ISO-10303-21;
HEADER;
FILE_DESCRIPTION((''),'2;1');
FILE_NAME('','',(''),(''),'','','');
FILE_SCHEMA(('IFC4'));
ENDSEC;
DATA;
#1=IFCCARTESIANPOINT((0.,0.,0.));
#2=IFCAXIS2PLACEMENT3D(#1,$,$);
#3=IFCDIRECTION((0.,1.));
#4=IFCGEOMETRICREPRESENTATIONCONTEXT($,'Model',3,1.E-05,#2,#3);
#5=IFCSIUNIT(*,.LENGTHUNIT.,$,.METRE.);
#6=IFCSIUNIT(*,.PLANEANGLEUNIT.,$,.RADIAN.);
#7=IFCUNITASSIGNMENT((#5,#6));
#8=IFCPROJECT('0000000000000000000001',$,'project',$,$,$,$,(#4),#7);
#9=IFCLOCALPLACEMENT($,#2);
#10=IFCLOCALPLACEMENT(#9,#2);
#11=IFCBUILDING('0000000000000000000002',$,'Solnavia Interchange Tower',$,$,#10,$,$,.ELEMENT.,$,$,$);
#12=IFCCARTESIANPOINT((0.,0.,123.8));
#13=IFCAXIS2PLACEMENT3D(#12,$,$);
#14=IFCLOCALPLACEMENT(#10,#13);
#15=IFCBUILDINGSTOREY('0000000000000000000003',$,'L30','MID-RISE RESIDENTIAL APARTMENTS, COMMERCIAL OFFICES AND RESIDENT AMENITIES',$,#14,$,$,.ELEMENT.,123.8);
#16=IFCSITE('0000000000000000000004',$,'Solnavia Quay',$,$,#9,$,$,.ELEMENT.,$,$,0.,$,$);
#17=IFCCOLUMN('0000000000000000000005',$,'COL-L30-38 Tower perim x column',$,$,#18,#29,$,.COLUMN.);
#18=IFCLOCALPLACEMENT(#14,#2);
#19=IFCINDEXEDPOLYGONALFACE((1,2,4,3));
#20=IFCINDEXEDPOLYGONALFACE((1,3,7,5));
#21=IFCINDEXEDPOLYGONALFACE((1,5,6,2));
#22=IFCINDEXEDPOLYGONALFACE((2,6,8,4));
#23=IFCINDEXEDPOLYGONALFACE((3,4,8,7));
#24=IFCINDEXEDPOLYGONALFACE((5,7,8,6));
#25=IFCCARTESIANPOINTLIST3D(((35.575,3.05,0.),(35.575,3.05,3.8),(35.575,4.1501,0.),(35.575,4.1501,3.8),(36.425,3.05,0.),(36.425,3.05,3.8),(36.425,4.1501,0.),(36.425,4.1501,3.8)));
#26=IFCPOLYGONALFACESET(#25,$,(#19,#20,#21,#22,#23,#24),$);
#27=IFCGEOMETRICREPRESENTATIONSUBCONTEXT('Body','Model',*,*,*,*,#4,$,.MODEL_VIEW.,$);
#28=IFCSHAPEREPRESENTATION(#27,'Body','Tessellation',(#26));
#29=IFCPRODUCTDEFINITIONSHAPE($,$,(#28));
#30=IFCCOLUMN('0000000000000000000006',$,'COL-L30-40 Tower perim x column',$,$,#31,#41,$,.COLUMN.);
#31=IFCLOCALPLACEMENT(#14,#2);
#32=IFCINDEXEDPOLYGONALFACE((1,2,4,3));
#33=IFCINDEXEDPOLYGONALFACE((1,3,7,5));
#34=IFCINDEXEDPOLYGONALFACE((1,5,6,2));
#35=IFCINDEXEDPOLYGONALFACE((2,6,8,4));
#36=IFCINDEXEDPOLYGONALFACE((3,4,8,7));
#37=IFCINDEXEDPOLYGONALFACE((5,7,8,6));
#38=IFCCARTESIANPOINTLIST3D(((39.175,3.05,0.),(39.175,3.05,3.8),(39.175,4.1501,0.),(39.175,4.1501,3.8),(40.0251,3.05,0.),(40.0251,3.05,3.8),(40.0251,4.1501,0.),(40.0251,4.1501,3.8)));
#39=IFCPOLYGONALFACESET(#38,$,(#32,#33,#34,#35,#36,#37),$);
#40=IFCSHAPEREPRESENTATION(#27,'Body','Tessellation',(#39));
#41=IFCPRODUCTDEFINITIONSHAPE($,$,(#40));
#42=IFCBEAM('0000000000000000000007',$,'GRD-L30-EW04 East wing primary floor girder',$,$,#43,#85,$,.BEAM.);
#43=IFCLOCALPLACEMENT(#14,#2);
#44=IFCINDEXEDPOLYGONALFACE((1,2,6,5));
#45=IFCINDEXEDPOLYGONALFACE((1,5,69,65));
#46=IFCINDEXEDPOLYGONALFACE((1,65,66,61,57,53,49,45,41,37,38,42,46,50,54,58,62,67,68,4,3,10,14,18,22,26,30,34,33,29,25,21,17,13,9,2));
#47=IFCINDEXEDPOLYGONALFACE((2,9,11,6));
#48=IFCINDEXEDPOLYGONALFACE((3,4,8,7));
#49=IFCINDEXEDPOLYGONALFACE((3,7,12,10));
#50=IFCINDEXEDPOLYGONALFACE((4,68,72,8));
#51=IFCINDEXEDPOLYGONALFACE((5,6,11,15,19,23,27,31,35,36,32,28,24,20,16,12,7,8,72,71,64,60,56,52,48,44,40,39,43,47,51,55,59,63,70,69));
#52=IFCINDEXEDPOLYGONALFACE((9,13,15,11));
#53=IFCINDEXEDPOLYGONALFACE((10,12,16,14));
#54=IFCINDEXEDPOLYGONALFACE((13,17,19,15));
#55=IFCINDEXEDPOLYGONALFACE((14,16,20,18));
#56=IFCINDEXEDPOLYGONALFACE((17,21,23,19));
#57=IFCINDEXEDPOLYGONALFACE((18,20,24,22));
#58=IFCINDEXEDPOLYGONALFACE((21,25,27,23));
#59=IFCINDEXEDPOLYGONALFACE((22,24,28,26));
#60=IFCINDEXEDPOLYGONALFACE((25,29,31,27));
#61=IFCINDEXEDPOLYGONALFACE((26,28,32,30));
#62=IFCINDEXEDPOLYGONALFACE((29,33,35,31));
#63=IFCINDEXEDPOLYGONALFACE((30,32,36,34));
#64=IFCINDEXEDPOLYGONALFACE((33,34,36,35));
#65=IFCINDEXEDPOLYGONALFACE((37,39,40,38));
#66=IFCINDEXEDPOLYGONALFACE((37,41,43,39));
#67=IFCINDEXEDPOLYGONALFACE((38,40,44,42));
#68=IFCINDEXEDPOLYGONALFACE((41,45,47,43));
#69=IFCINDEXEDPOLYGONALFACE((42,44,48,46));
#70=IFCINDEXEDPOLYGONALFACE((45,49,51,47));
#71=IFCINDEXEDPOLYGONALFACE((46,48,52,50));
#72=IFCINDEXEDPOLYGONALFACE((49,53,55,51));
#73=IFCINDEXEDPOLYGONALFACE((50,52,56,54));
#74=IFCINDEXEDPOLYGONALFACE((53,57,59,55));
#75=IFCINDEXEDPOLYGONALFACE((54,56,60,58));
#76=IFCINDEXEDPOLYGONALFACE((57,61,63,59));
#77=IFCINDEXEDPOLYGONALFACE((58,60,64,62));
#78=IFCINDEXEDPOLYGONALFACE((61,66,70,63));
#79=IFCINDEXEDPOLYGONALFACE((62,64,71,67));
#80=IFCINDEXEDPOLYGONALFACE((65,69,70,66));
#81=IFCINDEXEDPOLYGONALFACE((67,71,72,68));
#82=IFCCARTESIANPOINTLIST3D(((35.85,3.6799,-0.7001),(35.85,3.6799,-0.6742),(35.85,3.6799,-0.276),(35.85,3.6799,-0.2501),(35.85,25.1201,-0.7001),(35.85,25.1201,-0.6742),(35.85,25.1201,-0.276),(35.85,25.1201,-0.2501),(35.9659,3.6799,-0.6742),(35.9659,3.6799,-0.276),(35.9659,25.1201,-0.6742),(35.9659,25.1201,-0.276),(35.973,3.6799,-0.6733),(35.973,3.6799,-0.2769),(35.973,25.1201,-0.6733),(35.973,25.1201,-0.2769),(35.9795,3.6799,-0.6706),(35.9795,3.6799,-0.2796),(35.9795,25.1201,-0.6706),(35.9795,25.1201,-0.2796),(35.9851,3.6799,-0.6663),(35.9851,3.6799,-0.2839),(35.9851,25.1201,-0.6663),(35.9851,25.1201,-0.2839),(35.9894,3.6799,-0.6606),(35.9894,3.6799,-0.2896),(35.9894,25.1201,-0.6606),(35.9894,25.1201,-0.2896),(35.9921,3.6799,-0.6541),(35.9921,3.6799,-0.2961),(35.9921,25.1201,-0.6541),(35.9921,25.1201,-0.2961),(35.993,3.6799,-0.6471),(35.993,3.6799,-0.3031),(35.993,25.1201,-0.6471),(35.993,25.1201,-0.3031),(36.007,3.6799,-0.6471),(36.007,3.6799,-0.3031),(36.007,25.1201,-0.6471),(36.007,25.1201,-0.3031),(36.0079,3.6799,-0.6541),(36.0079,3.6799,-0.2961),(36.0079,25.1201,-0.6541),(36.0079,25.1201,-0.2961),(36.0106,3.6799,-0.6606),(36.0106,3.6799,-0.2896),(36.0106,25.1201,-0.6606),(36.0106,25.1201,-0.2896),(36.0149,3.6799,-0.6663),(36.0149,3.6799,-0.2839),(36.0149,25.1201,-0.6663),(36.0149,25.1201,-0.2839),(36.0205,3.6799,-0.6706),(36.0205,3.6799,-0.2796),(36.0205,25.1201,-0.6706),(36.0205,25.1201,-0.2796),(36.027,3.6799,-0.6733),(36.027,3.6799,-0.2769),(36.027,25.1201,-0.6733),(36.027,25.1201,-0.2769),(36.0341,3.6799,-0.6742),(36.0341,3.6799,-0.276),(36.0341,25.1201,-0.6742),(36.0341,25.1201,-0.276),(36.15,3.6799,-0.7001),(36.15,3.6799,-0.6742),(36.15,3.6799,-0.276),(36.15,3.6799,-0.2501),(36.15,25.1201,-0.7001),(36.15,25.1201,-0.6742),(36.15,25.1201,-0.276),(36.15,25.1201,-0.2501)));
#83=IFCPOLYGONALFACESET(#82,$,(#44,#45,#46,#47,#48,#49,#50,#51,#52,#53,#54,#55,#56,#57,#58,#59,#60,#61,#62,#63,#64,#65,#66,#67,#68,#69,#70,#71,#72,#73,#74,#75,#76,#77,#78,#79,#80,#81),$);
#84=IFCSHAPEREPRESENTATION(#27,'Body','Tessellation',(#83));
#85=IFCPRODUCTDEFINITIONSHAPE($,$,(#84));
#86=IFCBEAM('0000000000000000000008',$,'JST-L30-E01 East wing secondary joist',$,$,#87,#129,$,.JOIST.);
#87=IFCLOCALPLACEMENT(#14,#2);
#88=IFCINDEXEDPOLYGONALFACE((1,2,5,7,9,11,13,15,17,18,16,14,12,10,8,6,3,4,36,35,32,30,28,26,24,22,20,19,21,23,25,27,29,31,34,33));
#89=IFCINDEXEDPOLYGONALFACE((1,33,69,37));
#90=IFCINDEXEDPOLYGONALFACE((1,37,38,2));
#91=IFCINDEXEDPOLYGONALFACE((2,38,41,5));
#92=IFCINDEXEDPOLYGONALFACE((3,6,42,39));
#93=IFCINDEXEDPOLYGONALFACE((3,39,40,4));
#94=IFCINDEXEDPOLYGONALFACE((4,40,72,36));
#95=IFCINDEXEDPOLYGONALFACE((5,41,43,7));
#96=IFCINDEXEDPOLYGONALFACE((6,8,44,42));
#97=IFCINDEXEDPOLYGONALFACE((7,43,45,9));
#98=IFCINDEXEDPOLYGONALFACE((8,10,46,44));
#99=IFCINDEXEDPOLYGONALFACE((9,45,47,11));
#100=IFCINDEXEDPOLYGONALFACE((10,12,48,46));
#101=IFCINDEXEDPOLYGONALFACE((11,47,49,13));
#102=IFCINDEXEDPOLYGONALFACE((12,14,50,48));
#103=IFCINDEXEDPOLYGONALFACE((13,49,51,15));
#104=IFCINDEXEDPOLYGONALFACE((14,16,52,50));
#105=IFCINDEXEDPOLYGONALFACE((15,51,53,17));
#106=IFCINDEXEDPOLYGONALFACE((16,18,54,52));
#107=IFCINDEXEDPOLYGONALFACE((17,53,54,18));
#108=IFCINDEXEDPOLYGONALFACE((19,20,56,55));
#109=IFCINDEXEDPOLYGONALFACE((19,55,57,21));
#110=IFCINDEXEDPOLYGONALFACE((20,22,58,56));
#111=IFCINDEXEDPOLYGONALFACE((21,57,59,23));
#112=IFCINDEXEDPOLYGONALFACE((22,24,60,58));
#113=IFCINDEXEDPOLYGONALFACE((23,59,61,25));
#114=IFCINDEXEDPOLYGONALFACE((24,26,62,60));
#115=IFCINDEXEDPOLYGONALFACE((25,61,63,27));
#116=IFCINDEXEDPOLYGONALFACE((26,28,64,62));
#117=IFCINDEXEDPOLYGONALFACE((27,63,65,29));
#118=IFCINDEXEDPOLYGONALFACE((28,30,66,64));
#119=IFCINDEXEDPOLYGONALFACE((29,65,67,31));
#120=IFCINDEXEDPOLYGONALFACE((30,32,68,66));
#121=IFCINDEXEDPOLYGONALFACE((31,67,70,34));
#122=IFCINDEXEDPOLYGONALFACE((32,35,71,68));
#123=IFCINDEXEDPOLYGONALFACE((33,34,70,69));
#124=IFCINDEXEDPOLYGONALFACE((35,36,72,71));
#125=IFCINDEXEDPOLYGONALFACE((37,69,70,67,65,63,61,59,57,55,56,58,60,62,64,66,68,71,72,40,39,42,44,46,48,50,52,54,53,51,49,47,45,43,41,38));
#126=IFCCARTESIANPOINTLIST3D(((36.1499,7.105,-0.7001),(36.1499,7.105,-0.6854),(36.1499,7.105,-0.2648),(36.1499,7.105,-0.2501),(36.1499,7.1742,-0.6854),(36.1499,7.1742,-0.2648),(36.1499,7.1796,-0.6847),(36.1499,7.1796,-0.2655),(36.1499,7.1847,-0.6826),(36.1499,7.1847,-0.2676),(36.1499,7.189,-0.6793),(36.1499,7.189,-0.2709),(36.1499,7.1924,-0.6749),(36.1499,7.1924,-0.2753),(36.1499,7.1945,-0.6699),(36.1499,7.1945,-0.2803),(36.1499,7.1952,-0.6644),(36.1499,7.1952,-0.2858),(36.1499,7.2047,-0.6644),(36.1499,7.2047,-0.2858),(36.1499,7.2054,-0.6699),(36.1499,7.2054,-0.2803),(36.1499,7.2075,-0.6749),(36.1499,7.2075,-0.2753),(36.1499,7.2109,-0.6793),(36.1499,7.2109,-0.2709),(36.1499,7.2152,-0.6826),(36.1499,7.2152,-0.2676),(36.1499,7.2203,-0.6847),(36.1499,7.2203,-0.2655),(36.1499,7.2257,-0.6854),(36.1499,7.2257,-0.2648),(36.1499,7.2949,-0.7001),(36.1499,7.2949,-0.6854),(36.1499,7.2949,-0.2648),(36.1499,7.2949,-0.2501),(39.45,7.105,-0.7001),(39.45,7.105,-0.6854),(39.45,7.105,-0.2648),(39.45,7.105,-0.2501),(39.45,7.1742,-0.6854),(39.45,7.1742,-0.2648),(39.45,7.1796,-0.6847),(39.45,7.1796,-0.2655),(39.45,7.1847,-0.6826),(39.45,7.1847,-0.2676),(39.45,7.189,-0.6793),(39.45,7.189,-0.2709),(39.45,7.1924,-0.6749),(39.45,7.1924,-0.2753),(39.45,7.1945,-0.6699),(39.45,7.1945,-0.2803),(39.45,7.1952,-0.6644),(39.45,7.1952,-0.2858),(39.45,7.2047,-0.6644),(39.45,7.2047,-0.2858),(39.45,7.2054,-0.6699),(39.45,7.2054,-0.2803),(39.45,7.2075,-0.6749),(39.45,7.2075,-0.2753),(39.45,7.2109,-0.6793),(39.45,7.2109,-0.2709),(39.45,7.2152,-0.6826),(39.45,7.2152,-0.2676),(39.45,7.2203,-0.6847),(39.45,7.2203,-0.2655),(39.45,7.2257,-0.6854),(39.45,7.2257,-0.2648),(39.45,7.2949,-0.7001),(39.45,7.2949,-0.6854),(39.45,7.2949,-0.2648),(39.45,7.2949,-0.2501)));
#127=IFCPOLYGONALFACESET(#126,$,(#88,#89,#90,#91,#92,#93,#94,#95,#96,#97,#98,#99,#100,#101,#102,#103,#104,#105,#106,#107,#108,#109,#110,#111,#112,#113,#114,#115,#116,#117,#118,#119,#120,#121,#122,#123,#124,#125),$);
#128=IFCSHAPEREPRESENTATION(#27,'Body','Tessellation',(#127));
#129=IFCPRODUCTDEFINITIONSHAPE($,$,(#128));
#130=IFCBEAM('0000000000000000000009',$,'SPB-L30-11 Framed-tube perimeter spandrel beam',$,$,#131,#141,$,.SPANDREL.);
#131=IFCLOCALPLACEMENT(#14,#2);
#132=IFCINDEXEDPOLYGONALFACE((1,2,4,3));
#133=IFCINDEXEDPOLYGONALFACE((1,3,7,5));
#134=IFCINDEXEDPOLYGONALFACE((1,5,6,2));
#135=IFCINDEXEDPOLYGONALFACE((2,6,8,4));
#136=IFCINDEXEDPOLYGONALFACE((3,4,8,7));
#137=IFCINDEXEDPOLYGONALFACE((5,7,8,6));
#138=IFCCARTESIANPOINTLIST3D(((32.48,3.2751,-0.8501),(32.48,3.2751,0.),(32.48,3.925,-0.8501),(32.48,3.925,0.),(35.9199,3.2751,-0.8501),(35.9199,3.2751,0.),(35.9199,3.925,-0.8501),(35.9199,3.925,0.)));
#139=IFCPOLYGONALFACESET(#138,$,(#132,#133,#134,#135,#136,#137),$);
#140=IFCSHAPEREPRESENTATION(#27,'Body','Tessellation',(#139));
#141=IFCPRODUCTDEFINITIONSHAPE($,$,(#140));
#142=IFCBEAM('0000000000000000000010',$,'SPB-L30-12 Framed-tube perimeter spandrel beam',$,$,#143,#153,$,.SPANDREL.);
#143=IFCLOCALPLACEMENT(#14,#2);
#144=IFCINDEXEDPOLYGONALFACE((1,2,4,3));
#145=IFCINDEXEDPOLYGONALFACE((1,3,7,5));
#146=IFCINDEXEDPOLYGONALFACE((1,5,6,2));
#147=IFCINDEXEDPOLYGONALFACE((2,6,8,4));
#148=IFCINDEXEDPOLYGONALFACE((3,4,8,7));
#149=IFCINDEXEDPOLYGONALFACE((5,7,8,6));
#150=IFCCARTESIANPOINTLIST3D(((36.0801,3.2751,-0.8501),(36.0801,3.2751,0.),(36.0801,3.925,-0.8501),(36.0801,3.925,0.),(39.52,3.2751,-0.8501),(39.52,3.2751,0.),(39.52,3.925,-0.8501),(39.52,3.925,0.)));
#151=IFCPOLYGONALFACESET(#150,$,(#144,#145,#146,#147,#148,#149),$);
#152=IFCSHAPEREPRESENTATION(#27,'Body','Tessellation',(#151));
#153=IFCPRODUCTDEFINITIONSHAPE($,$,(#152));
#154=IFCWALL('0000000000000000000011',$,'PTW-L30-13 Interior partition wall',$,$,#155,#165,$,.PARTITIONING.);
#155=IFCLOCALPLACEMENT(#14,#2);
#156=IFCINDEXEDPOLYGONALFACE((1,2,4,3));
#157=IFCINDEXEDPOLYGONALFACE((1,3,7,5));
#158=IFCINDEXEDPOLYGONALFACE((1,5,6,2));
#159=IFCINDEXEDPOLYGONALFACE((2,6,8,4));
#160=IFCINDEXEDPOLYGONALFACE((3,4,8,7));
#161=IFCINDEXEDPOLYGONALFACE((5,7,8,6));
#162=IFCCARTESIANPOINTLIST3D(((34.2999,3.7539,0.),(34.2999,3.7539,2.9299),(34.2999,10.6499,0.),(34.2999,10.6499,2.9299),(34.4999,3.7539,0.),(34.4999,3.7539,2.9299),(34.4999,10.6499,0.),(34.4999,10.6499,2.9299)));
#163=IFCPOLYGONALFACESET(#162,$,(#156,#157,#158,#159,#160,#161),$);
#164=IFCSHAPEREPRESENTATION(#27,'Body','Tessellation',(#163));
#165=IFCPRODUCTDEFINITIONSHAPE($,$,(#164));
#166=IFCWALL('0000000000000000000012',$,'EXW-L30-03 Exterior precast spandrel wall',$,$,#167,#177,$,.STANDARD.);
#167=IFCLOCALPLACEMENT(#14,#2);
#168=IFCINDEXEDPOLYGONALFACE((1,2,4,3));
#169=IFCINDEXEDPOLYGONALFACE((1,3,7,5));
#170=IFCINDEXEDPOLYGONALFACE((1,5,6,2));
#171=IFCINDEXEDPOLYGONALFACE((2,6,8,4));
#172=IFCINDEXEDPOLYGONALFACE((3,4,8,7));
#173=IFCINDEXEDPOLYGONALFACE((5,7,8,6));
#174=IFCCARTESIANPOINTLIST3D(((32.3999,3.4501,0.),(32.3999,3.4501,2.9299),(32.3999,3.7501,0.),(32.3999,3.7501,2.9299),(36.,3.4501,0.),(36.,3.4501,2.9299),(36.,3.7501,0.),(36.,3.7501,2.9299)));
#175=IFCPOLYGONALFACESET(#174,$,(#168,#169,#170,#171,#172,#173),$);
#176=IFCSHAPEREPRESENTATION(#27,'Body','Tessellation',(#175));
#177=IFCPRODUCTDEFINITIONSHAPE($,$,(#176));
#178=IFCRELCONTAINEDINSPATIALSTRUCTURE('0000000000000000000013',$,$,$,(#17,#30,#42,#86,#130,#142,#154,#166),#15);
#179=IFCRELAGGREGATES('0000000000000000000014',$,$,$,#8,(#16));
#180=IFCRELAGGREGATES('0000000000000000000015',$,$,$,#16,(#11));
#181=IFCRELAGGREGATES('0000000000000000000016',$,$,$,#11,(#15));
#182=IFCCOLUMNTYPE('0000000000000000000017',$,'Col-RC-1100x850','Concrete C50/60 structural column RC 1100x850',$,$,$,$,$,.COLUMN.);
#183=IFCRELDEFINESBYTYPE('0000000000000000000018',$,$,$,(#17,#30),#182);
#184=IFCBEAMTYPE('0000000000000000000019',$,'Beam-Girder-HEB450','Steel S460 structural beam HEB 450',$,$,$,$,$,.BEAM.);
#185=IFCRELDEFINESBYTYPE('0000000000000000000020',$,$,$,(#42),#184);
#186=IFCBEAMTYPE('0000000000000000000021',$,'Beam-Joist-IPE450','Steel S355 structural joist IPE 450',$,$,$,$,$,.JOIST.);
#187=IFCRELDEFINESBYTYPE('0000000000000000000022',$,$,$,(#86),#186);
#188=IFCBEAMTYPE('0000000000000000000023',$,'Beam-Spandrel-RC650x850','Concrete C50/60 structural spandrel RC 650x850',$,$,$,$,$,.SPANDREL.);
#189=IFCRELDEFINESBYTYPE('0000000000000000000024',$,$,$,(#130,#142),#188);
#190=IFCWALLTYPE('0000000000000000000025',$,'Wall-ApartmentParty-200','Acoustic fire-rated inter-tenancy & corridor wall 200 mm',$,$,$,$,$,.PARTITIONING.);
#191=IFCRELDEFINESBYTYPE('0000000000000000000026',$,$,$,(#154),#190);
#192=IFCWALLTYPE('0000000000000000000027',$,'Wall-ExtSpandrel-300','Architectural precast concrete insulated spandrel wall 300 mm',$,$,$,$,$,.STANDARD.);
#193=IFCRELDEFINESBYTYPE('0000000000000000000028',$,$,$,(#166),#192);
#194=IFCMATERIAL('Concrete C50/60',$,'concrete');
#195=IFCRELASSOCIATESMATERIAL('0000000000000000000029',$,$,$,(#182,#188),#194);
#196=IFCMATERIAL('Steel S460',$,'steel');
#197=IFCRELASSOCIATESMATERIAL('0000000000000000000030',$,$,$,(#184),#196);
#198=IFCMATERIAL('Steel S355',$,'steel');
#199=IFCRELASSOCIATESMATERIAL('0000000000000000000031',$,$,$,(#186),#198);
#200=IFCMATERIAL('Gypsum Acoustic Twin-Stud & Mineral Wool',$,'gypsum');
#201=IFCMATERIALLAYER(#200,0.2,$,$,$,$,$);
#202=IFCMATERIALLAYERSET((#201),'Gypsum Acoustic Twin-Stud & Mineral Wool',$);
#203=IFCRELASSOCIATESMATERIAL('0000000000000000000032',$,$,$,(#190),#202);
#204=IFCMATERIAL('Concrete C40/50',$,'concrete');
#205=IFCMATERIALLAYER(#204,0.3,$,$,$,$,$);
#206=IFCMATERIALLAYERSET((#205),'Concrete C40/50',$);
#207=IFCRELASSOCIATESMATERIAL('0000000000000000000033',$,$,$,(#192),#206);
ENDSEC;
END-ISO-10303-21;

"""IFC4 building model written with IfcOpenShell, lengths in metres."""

from ifc_helpers import new_model, si_unit, direction, frame, frame_2d, origin, origin_2d, place, context, subcontext, project, spatial, rectangle, i_section, extrude, material, layer, layer_set, material_profile, profile_set, type_object, element, save


model = new_model("IFC4")

# Units and contexts
model_context = context("Model", 3, precision=1e-05, world=origin(), true_north=direction((0.0, 1.0)))
body_context = subcontext(model_context, "Body", "Model", "MODEL_VIEW")
ifc_project = project(units=[si_unit("LENGTHUNIT", "METRE"), si_unit("PLANEANGLEUNIT", "RADIAN")], contexts=[model_context])

# Site, building, storey
site_placement = place(None, origin())
site = spatial("IfcSite", under=ifc_project, at=site_placement, Name="Solnavia Quay", CompositionType="ELEMENT", RefElevation=0.0)
building_placement = place(site_placement, origin())
building = spatial("IfcBuilding", under=site, at=building_placement, Name="Solnavia Interchange Tower", CompositionType="ELEMENT")
storey_placement = place(building_placement, frame((0.0, 0.0, 123.8)))
storey = spatial("IfcBuildingStorey", under=building, at=storey_placement, Name="L30", Description="MID-RISE RESIDENTIAL APARTMENTS, COMMERCIAL OFFICES AND RESIDENT AMENITIES", CompositionType="ELEMENT", Elevation=123.8)

# Columns
ifc_material_1 = material(Name="Concrete C50/60", Category="concrete")
ifc_material_profile_1 = material_profile(ifc_material_1, rectangle(XDim=0.8501, YDim=1.1001, at=origin_2d()), Name="RC 1100x850")
ifc_profile_set_1 = profile_set([ifc_material_profile_1], Name="Concrete C50/60")
column_type = type_object("IfcColumnType", Name="Col-RC-1100x850", Description="Concrete C50/60 structural column RC 1100x850", PredefinedType="COLUMN", material=ifc_profile_set_1)
for number, where, z_axis, x_axis, name in (
    (1, (36.0, 3.6001, 0.0), (0.0, 0.0, 1.0), (1.0, 0.0, 0.0), "COL-L30-38 Tower perim x column"),
    (2, (39.6001, 3.6001, 0.0), (0.0, 0.0, 1.0), (1.0, 0.0, 0.0), "COL-L30-40 Tower perim x column"),
):
    element("IfcColumn", number, at=place(storey_placement, frame(where, z_axis=z_axis, x_axis=x_axis)), inside=storey, type_object=column_type, Name=name, PredefinedType="COLUMN", context=body_context, shape_type="SweptSolid", body=[
        extrude(rectangle(XDim=0.8501, YDim=1.1001, at=origin_2d()), origin(), (0.0, 0.0, 1.0), 3.8),
    ])

# Beams
ifc_material_2 = material(Name="Steel S460", Category="steel")
ifc_material_profile_2 = material_profile(ifc_material_2, i_section(OverallWidth=0.3, OverallDepth=0.45, WebThickness=0.0139, FlangeThickness=0.0259, FilletRadius=0.0271, at=origin_2d()), Name="HEB 450")
ifc_profile_set_2 = profile_set([ifc_material_profile_2], Name="Steel S460")
beam_type_1 = type_object("IfcBeamType", Name="Beam-Girder-HEB450", Description="Steel S460 structural beam HEB 450", PredefinedType="BEAM", material=ifc_profile_set_2)
beam_1_placement = place(storey_placement, frame((36.0, 3.6799, -0.4751), z_axis=(0.0, 1.0, 0.0), x_axis=(-1.0, 0.0, 0.0)))
element("IfcBeam", 3, at=beam_1_placement, inside=storey, type_object=beam_type_1, Name="GRD-L30-EW04 East wing primary floor girder", PredefinedType="BEAM", context=body_context, shape_type="SweptSolid", body=[
    extrude(i_section(OverallWidth=0.3, OverallDepth=0.45, WebThickness=0.0139, FlangeThickness=0.0259, FilletRadius=0.0271, at=origin_2d()), origin(), (0.0, 0.0, 1.0), 21.4402),
])
ifc_material_3 = material(Name="Steel S355", Category="steel")
ifc_material_profile_3 = material_profile(ifc_material_3, i_section(OverallWidth=0.1899, OverallDepth=0.45, WebThickness=0.0095, FlangeThickness=0.0146, FilletRadius=0.021, at=origin_2d()), Name="IPE 450")
ifc_profile_set_3 = profile_set([ifc_material_profile_3], Name="Steel S355")
beam_type_2 = type_object("IfcBeamType", Name="Beam-Joist-IPE450", Description="Steel S355 structural joist IPE 450", PredefinedType="JOIST", material=ifc_profile_set_3)
beam_2_placement = place(storey_placement, frame((36.1499, 7.2, -0.4751), z_axis=(1.0, 0.0, 0.0), x_axis=(0.0, 1.0, 0.0)))
element("IfcBeam", 4, at=beam_2_placement, inside=storey, type_object=beam_type_2, Name="JST-L30-E01 East wing secondary joist", PredefinedType="JOIST", context=body_context, shape_type="SweptSolid", body=[
    extrude(i_section(OverallWidth=0.1899, OverallDepth=0.45, WebThickness=0.0095, FlangeThickness=0.0146, FilletRadius=0.021, at=origin_2d()), origin(), (0.0, 0.0, 1.0), 3.3),
])
ifc_material_profile_4 = material_profile(ifc_material_1, rectangle(XDim=0.6499, YDim=0.8501, at=origin_2d()), Name="RC 650x850")
ifc_profile_set_4 = profile_set([ifc_material_profile_4], Name="Concrete C50/60")
beam_type_3 = type_object("IfcBeamType", Name="Beam-Spandrel-RC650x850", Description="Concrete C50/60 structural spandrel RC 650x850", PredefinedType="SPANDREL", material=ifc_profile_set_4)
for number, where, z_axis, x_axis, name in (
    (5, (32.48, 3.6001, -0.425), (1.0, 0.0, 0.0), (0.0, 1.0, 0.0), "SPB-L30-11 Framed-tube perimeter spandrel beam"),
    (6, (36.0801, 3.6001, -0.425), (1.0, 0.0, 0.0), (0.0, 1.0, 0.0), "SPB-L30-12 Framed-tube perimeter spandrel beam"),
):
    element("IfcBeam", number, at=place(storey_placement, frame(where, z_axis=z_axis, x_axis=x_axis)), inside=storey, type_object=beam_type_3, Name=name, PredefinedType="SPANDREL", context=body_context, shape_type="SweptSolid", body=[
        extrude(rectangle(XDim=0.6499, YDim=0.8501, at=origin_2d()), origin(), (0.0, 0.0, 1.0), 3.4399),
    ])

# Walls
ifc_material_4 = material(Name="Gypsum Acoustic Twin-Stud & Mineral Wool", Category="gypsum")
ifc_layer_1 = layer(ifc_material_4, 0.2)
ifc_layer_set_1 = layer_set([ifc_layer_1], Name="Gypsum Acoustic Twin-Stud & Mineral Wool")
wall_type_1 = type_object("IfcWallType", Name="Wall-ApartmentParty-200", Description="Acoustic fire-rated inter-tenancy & corridor wall 200 mm", PredefinedType="PARTITIONING", material=ifc_layer_set_1)
wall_1_placement = place(storey_placement, frame((34.3999, 3.7539, 0.0), z_axis=(0.0, 0.0, 1.0), x_axis=(0.0, 1.0, 0.0)))
element("IfcWall", 7, at=wall_1_placement, inside=storey, type_object=wall_type_1, Name="PTW-L30-13 Interior partition wall", PredefinedType="PARTITIONING", context=body_context, shape_type="SweptSolid", body=[
    extrude(rectangle(XDim=6.896, YDim=0.2, at=frame_2d((3.448, 0.0))), origin(), (0.0, 0.0, 1.0), 2.9299),
])
ifc_material_5 = material(Name="Concrete C40/50", Category="concrete")
ifc_layer_2 = layer(ifc_material_5, 0.3)
ifc_layer_set_2 = layer_set([ifc_layer_2], Name="Concrete C40/50")
wall_type_2 = type_object("IfcWallType", Name="Wall-ExtSpandrel-300", Description="Architectural precast concrete insulated spandrel wall 300 mm", PredefinedType="STANDARD", material=ifc_layer_set_2)
wall_2_placement = place(storey_placement, frame((36.0, 3.6001, 0.0), z_axis=(0.0, 0.0, 1.0), x_axis=(-1.0, 0.0, 0.0)))
element("IfcWall", 8, at=wall_2_placement, inside=storey, type_object=wall_type_2, Name="EXW-L30-03 Exterior precast spandrel wall", PredefinedType="STANDARD", context=body_context, shape_type="SweptSolid", body=[
    extrude(rectangle(XDim=3.6001, YDim=0.3, at=frame_2d((1.8, 0.0))), origin(), (0.0, 0.0, 1.0), 2.9299),
])

save(model, "model.ifc")
